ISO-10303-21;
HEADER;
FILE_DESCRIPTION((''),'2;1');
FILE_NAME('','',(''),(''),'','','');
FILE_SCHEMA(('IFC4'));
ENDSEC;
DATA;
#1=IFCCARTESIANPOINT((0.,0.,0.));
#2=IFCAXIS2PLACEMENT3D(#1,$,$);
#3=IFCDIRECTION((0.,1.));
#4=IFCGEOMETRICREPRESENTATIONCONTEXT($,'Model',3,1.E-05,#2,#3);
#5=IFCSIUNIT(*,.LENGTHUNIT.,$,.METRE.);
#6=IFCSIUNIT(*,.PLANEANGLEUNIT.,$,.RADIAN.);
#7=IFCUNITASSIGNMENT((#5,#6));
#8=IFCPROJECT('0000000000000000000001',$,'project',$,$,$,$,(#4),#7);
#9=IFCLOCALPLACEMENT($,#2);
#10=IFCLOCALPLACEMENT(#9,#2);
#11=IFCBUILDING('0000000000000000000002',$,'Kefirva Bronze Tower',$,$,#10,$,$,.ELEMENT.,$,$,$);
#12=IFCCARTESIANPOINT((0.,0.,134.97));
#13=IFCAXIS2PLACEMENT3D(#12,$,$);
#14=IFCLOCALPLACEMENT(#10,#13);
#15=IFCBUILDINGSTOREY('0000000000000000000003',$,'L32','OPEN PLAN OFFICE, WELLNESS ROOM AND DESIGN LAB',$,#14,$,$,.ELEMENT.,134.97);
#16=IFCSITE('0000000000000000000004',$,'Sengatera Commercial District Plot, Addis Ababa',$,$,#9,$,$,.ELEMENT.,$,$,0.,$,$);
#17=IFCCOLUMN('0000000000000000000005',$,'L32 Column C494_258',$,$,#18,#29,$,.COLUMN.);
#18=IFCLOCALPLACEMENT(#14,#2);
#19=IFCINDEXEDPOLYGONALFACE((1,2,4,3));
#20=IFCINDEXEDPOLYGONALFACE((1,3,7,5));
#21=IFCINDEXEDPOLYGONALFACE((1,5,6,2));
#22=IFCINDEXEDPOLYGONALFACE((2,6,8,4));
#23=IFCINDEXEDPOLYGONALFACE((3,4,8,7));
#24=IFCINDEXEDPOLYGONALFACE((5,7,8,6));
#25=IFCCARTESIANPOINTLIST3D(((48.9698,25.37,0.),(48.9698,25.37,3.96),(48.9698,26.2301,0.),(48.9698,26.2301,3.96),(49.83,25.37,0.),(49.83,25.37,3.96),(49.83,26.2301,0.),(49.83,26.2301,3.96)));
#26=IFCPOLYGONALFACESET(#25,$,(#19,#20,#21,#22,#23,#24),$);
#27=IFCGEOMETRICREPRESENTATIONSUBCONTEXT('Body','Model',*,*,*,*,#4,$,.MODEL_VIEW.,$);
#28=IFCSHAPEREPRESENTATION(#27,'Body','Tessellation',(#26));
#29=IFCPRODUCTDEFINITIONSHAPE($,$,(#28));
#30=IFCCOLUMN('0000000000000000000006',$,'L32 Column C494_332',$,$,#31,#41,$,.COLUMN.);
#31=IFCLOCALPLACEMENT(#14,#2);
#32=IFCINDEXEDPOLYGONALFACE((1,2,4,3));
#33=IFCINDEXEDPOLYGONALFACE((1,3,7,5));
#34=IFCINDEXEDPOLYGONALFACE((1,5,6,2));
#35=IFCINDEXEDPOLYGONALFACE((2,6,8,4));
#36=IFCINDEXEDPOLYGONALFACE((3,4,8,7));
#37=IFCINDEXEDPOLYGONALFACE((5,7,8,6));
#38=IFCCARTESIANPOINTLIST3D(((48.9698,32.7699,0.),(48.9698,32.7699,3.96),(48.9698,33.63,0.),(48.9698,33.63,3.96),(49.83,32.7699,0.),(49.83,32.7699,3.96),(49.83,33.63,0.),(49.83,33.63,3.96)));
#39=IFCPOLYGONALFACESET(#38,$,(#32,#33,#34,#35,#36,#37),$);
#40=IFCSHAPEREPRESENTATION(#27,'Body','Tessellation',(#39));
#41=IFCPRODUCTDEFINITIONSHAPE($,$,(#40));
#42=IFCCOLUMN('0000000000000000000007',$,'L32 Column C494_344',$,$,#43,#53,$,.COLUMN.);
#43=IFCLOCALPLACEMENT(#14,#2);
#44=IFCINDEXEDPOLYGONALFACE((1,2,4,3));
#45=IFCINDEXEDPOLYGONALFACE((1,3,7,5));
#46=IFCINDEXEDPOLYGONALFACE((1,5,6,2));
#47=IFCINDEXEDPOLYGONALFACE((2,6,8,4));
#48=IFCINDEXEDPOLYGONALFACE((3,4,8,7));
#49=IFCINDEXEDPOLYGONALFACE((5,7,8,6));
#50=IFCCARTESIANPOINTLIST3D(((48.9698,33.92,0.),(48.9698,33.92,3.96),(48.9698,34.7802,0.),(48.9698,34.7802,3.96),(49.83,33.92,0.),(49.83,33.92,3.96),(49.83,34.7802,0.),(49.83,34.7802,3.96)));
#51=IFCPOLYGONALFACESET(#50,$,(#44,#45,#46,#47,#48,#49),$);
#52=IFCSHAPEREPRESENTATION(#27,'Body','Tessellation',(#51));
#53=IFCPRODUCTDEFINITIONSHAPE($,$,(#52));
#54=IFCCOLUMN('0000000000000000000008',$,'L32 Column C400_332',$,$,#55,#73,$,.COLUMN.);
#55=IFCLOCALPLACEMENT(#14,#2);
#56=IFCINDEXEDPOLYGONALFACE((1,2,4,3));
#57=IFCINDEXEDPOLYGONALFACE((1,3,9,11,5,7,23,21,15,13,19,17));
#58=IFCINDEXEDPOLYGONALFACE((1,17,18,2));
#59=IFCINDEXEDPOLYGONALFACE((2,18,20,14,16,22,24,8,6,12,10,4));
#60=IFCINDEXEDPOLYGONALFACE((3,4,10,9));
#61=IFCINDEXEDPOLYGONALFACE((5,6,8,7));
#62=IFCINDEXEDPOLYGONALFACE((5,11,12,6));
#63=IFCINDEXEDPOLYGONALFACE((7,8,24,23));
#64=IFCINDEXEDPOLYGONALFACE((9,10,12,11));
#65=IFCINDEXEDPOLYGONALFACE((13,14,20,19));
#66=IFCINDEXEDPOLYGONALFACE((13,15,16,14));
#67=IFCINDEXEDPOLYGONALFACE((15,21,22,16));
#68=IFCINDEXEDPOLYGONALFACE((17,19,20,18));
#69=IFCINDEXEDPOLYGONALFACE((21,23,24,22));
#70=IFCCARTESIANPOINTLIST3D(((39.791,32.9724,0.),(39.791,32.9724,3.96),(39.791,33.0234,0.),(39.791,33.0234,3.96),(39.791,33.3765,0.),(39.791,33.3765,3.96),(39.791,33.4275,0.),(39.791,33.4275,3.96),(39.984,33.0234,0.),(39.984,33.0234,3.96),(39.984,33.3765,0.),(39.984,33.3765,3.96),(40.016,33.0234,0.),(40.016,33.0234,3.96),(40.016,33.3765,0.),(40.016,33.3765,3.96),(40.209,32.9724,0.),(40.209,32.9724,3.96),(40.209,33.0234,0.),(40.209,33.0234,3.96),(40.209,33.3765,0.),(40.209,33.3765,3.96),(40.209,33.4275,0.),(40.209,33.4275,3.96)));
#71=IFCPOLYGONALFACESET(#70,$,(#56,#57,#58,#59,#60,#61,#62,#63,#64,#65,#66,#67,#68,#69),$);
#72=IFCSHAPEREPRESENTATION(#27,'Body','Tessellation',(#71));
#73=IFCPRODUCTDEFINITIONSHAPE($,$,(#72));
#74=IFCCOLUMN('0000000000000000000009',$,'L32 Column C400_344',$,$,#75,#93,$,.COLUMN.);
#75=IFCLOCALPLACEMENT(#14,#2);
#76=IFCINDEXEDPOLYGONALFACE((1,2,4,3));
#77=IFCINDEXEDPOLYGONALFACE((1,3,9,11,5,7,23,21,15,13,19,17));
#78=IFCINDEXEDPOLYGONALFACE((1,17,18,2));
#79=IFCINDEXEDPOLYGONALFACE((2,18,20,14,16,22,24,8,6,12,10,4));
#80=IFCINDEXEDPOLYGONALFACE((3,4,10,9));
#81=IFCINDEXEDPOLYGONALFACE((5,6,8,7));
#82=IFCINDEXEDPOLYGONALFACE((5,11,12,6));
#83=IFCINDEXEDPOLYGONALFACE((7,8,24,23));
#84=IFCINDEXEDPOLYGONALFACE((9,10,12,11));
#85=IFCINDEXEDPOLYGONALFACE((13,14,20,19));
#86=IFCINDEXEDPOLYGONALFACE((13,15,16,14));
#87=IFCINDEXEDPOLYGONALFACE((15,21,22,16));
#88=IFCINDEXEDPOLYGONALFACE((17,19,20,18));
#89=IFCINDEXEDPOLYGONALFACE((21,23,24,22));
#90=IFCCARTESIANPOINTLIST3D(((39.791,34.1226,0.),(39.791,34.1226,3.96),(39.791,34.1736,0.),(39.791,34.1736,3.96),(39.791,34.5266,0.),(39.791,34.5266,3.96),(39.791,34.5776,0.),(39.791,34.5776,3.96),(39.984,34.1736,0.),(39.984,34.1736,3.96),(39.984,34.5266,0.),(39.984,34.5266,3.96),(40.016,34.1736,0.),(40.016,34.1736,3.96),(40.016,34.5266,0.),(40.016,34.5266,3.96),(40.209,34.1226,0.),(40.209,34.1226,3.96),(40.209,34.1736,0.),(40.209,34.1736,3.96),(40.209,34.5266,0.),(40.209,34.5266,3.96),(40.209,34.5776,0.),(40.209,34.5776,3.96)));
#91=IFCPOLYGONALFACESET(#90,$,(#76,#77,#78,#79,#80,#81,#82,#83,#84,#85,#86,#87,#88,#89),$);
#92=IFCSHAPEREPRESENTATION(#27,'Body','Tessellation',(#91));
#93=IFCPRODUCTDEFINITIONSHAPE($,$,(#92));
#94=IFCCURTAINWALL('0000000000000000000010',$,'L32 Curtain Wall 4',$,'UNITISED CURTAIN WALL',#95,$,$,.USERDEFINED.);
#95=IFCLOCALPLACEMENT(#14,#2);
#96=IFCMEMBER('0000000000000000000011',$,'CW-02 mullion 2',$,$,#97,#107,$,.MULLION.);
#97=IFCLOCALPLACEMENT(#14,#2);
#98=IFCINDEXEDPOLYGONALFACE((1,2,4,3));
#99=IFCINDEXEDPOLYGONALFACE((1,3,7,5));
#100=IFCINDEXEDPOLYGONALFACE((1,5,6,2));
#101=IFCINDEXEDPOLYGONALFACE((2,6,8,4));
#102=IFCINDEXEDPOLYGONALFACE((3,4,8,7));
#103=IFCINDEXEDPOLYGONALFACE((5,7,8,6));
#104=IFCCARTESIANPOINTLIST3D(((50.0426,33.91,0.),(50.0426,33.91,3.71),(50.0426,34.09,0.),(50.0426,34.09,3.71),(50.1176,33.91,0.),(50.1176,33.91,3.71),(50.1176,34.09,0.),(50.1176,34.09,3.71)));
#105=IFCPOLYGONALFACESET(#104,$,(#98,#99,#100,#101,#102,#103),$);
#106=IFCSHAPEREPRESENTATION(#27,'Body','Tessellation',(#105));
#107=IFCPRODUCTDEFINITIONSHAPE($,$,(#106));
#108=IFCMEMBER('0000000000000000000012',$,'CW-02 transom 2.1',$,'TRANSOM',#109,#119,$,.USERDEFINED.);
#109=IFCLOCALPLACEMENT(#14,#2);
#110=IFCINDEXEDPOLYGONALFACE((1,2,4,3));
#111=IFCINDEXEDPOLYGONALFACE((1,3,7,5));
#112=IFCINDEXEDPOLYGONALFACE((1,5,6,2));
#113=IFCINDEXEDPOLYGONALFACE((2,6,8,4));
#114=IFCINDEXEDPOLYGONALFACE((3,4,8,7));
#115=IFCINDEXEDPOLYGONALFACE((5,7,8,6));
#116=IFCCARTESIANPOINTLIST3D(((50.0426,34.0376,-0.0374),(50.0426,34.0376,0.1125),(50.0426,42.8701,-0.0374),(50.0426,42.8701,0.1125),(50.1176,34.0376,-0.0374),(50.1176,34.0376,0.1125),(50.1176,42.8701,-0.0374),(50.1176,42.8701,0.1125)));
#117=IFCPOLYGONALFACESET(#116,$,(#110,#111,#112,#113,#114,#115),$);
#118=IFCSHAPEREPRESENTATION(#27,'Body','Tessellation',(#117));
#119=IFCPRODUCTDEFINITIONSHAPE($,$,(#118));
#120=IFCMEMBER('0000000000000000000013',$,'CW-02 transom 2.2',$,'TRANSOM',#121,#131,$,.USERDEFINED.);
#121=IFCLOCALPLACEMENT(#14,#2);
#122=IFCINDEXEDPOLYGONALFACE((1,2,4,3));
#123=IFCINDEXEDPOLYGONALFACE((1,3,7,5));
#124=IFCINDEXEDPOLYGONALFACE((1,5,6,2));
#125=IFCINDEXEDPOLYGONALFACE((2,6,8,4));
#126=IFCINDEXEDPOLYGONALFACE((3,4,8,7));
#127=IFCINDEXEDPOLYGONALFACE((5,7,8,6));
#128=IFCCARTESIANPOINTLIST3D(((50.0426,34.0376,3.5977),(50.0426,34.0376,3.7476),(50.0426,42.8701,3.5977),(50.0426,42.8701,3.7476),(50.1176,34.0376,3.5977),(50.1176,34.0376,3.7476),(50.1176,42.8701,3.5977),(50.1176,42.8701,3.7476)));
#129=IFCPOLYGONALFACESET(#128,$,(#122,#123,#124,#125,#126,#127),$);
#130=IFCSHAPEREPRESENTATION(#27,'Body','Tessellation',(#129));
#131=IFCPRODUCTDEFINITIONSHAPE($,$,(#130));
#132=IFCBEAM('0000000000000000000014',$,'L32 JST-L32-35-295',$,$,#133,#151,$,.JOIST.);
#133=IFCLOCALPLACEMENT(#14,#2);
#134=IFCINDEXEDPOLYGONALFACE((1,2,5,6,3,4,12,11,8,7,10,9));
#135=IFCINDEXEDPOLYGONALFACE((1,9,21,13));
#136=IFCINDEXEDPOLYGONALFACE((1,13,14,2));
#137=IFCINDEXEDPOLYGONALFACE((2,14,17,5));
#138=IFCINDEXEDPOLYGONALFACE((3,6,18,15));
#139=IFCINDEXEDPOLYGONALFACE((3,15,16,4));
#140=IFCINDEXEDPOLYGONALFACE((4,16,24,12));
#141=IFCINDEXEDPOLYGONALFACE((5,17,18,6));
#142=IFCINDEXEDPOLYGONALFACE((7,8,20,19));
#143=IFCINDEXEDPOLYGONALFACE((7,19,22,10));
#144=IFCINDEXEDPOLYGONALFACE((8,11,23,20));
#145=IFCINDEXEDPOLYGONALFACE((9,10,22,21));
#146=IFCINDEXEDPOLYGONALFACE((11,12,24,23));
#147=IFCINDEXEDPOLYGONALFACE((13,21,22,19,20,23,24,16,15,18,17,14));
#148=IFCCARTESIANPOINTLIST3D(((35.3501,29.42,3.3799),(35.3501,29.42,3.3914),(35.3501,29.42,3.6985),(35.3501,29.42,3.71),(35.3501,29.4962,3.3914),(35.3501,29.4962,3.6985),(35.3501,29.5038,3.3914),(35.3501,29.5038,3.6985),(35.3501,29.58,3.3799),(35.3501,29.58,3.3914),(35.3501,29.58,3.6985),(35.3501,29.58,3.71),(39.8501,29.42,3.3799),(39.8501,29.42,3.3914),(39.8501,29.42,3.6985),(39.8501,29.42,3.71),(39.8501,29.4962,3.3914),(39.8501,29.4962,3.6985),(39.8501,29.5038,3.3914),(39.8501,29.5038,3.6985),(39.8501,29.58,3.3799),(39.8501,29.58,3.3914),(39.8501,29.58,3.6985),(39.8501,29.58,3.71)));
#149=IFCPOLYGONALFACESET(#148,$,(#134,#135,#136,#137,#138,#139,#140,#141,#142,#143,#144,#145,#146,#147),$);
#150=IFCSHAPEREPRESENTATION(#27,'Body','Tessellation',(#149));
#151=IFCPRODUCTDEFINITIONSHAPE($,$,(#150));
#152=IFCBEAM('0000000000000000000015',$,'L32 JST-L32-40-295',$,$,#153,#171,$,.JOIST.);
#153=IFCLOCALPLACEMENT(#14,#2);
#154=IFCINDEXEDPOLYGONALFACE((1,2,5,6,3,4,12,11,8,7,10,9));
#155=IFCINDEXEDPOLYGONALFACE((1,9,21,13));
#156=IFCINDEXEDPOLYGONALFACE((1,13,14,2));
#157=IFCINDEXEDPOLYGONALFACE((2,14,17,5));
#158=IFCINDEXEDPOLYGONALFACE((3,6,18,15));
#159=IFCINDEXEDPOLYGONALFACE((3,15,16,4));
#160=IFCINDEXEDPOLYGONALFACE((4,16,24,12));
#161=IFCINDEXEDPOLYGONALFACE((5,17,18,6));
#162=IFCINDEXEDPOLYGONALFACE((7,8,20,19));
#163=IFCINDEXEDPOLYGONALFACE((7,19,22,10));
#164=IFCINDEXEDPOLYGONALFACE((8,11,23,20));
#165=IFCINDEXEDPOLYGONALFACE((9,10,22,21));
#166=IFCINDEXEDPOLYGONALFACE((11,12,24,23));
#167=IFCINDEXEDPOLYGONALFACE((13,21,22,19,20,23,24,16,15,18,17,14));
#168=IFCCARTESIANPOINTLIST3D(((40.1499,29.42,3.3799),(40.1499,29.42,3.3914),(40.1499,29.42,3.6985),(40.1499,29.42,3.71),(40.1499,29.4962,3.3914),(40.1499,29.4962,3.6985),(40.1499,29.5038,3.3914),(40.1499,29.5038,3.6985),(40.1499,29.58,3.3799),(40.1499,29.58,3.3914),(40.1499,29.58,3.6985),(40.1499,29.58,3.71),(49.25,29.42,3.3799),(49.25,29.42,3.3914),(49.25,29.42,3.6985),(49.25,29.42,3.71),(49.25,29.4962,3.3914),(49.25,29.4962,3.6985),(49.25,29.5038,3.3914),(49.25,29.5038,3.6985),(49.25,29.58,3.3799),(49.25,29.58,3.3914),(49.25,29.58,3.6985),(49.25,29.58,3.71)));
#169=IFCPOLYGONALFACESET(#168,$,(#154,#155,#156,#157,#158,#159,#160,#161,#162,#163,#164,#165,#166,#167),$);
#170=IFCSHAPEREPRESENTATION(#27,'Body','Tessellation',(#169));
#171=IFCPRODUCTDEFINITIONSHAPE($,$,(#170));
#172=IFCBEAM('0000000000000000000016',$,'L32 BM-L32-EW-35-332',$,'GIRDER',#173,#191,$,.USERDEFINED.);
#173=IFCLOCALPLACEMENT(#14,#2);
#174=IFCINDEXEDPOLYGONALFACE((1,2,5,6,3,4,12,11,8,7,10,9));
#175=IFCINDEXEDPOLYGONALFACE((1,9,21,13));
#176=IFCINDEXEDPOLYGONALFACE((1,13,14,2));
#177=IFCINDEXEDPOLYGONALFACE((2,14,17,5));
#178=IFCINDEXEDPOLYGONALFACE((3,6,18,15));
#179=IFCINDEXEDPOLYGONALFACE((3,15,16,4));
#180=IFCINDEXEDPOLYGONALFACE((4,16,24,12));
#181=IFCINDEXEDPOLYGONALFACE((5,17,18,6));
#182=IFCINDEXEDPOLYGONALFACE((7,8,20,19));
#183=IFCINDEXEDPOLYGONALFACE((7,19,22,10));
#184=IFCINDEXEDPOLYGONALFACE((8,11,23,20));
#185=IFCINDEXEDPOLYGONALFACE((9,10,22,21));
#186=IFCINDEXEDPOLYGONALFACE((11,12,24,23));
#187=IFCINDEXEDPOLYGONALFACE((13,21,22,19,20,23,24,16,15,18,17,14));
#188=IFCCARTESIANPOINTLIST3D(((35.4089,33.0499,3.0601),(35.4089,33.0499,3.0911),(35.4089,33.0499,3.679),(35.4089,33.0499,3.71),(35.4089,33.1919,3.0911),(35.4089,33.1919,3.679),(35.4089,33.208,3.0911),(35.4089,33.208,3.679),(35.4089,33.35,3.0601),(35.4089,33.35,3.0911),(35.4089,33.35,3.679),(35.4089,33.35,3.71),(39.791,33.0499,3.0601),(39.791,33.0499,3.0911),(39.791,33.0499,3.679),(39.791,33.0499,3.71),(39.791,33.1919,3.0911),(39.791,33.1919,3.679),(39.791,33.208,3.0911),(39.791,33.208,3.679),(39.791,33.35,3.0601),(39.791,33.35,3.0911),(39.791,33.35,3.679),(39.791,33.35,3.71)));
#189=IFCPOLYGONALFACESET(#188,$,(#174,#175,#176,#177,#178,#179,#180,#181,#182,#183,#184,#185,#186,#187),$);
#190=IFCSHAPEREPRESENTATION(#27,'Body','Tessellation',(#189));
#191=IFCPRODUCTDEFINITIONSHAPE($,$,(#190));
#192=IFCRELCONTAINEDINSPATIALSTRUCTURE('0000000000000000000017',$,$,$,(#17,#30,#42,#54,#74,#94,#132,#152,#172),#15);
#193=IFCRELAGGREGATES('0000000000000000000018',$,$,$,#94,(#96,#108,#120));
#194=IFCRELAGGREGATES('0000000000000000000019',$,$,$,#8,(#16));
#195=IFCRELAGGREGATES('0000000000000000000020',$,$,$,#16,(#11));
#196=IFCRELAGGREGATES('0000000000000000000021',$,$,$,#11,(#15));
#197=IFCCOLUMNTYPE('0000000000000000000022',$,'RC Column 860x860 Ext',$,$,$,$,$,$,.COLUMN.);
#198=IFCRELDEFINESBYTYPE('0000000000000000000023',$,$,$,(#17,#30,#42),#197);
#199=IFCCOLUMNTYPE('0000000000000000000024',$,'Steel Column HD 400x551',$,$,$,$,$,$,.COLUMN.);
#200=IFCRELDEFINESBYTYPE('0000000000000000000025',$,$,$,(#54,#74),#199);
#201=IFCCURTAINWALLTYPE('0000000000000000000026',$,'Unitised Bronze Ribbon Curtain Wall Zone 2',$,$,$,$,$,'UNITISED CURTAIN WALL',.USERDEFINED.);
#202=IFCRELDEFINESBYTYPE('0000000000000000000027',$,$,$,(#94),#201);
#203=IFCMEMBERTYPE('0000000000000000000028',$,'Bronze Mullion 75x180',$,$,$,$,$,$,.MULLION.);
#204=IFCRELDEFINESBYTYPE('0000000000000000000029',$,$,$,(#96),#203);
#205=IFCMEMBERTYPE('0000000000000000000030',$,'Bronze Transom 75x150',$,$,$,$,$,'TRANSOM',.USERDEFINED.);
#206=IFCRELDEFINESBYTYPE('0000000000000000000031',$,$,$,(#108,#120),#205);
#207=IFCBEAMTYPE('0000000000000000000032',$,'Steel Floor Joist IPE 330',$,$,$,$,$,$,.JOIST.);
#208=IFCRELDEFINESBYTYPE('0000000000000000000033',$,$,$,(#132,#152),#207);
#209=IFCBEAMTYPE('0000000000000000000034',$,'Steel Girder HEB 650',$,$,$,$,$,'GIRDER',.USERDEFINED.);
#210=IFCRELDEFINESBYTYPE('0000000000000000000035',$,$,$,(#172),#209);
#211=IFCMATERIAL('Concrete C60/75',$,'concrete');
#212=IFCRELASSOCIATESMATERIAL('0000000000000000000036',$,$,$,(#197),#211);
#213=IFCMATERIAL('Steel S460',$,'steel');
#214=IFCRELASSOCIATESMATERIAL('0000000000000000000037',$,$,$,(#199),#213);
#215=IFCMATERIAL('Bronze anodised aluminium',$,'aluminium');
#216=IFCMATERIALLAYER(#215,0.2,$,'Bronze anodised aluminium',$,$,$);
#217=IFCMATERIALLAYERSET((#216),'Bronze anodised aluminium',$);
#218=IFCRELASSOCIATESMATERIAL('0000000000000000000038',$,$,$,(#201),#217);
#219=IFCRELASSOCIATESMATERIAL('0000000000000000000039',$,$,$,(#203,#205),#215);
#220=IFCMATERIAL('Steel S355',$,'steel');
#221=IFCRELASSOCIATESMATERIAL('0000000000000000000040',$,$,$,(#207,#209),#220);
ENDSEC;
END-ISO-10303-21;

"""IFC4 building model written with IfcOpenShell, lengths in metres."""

from ifc_helpers import new_model, si_unit, direction, frame, origin, origin_2d, place, context, subcontext, project, spatial, rectangle, i_section, extrude, material, layer, layer_set, material_profile, profile_set, type_object, element, aggregate, save


model = new_model("IFC4")

# Units and contexts
model_context = context("Model", 3, precision=1e-05, world=origin(), true_north=direction((0.0, 1.0)))
body_context = subcontext(model_context, "Body", "Model", "MODEL_VIEW")
ifc_project = project(units=[si_unit("LENGTHUNIT", "METRE"), si_unit("PLANEANGLEUNIT", "RADIAN")], contexts=[model_context])

# Site, building, storey
site_placement = place(None, origin())
site = spatial("IfcSite", under=ifc_project, at=site_placement, Name="Sengatera Commercial District Plot, Addis Ababa", CompositionType="ELEMENT", RefElevation=0.0)
building_placement = place(site_placement, origin())
building = spatial("IfcBuilding", under=site, at=building_placement, Name="Kefirva Bronze Tower", CompositionType="ELEMENT")
storey_placement = place(building_placement, frame((0.0, 0.0, 134.97)))
storey = spatial("IfcBuildingStorey", under=building, at=storey_placement, Name="L32", Description="OPEN PLAN OFFICE, WELLNESS ROOM AND DESIGN LAB", CompositionType="ELEMENT", Elevation=134.97)

# Columns
ifc_material_1 = material(Name="Concrete C60/75", Category="concrete")
ifc_material_profile_1 = material_profile(ifc_material_1, rectangle(XDim=0.8601, YDim=0.8601, at=origin_2d()), Name="RC 860x860")
ifc_profile_set_1 = profile_set([ifc_material_profile_1], Name="Concrete C60/75")
column_type_1 = type_object("IfcColumnType", Name="RC Column 860x860 Ext", PredefinedType="COLUMN", material=ifc_profile_set_1)
for number, where, z_axis, x_axis, name in (
    (1, (49.3999, 25.8, 0.0), (0.0, 0.0, 1.0), (1.0, 0.0, 0.0), "L32 Column C494_258"),
    (2, (49.3999, 33.2, 0.0), (0.0, 0.0, 1.0), (1.0, 0.0, 0.0), "L32 Column C494_332"),
    (3, (49.3999, 34.3501, 0.0), (0.0, 0.0, 1.0), (1.0, 0.0, 0.0), "L32 Column C494_344"),
):
    element("IfcColumn", number, at=place(storey_placement, frame(where, z_axis=z_axis, x_axis=x_axis)), inside=storey, type_object=column_type_1, Name=name, PredefinedType="COLUMN", context=body_context, shape_type="SweptSolid", body=[
        extrude(rectangle(XDim=0.8601, YDim=0.8601, at=origin_2d()), origin(), (0.0, 0.0, 1.0), 3.96),
    ])
ifc_material_2 = material(Name="Steel S460", Category="steel")
ifc_material_profile_2 = material_profile(ifc_material_2, i_section(OverallWidth=0.418, OverallDepth=0.4551, WebThickness=0.032, FlangeThickness=0.051, at=origin_2d()), Name="HD 400x551")
ifc_profile_set_2 = profile_set([ifc_material_profile_2], Name="Steel S460")
column_type_2 = type_object("IfcColumnType", Name="Steel Column HD 400x551", PredefinedType="COLUMN", material=ifc_profile_set_2)
for number, where, z_axis, x_axis, name in (
    (4, (40.0, 33.2, 0.0), (0.0, 0.0, 1.0), (1.0, 0.0, 0.0), "L32 Column C400_332"),
    (5, (40.0, 34.3501, 0.0), (0.0, 0.0, 1.0), (1.0, 0.0, 0.0), "L32 Column C400_344"),
):
    element("IfcColumn", number, at=place(storey_placement, frame(where, z_axis=z_axis, x_axis=x_axis)), inside=storey, type_object=column_type_2, Name=name, PredefinedType="COLUMN", context=body_context, shape_type="SweptSolid", body=[
        extrude(i_section(OverallWidth=0.418, OverallDepth=0.4551, WebThickness=0.032, FlangeThickness=0.051, at=origin_2d()), origin(), (0.0, 0.0, 1.0), 3.96),
    ])

# Curtain wall, members
ifc_material_3 = material(Name="Bronze anodised aluminium", Category="aluminium")
ifc_layer_1 = layer(ifc_material_3, 0.2, Name="Bronze anodised aluminium")
ifc_layer_set_1 = layer_set([ifc_layer_1], Name="Bronze anodised aluminium")
curtain_wall_type = type_object("IfcCurtainWallType", Name="Unitised Bronze Ribbon Curtain Wall Zone 2", ElementType="UNITISED CURTAIN WALL", PredefinedType="USERDEFINED", material=ifc_layer_set_1)
curtain_wall_placement = place(storey_placement, origin())
curtain_wall = element("IfcCurtainWall", 6, at=curtain_wall_placement, inside=storey, type_object=curtain_wall_type, Name="L32 Curtain Wall 4", ObjectType="UNITISED CURTAIN WALL", PredefinedType="USERDEFINED")
ifc_material_profile_3 = material_profile(ifc_material_3, rectangle(XDim=0.075, YDim=0.1799, at=origin_2d()), Name="ALU 75x180")
ifc_profile_set_3 = profile_set([ifc_material_profile_3], Name="Bronze anodised aluminium")
member_type_1 = type_object("IfcMemberType", Name="Bronze Mullion 75x180", PredefinedType="MULLION", material=ifc_profile_set_3)
member_1_placement = place(storey_placement, frame((50.0801, 34.0, 0.0), z_axis=(0.0, 0.0, 1.0), x_axis=(-1.0, 0.0, 0.0)))
member_1 = element("IfcMember", 7, at=member_1_placement, type_object=member_type_1, Name="CW-02 mullion 2", PredefinedType="MULLION", context=body_context, shape_type="SweptSolid", body=[
    extrude(rectangle(XDim=0.075, YDim=0.1799, at=origin_2d()), origin(), (0.0, 0.0, 1.0), 3.71),
])
ifc_material_profile_4 = material_profile(ifc_material_3, rectangle(XDim=0.075, YDim=0.1499, at=origin_2d()), Name="ALU 75x150")
ifc_profile_set_4 = profile_set([ifc_material_profile_4], Name="Bronze anodised aluminium")
member_type_2 = type_object("IfcMemberType", Name="Bronze Transom 75x150", ElementType="TRANSOM", PredefinedType="USERDEFINED", material=ifc_profile_set_4)
member_2_placement = place(storey_placement, frame((50.0801, 34.0376, 0.0376), z_axis=(0.0, 1.0, 0.0), x_axis=(-1.0, 0.0, 0.0)))
member_2 = element("IfcMember", 8, at=member_2_placement, type_object=member_type_2, Name="CW-02 transom 2.1", ObjectType="TRANSOM", PredefinedType="USERDEFINED", context=body_context, shape_type="SweptSolid", body=[
    extrude(rectangle(XDim=0.075, YDim=0.1499, at=origin_2d()), origin(), (0.0, 0.0, 1.0), 8.8325),
])
member_3_placement = place(storey_placement, frame((50.0801, 34.0376, 3.6726), z_axis=(0.0, 1.0, 0.0), x_axis=(-1.0, 0.0, 0.0)))
member_3 = element("IfcMember", 9, at=member_3_placement, type_object=member_type_2, Name="CW-02 transom 2.2", ObjectType="TRANSOM", PredefinedType="USERDEFINED", context=body_context, shape_type="SweptSolid", body=[
    extrude(rectangle(XDim=0.075, YDim=0.1499, at=origin_2d()), origin(), (0.0, 0.0, 1.0), 8.8325),
])

# Beams
ifc_material_4 = material(Name="Steel S355", Category="steel")
ifc_material_profile_5 = material_profile(ifc_material_4, i_section(OverallWidth=0.1599, OverallDepth=0.3301, WebThickness=0.0076, FlangeThickness=0.0115, at=origin_2d()), Name="IPE 330")
ifc_profile_set_5 = profile_set([ifc_material_profile_5], Name="Steel S355")
beam_type_1 = type_object("IfcBeamType", Name="Steel Floor Joist IPE 330", PredefinedType="JOIST", material=ifc_profile_set_5)
beam_1_placement = place(storey_placement, frame((35.3501, 29.5, 3.5449), z_axis=(1.0, 0.0, 0.0), x_axis=(0.0, 1.0, 0.0)))
element("IfcBeam", 10, at=beam_1_placement, inside=storey, type_object=beam_type_1, Name="L32 JST-L32-35-295", PredefinedType="JOIST", context=body_context, shape_type="SweptSolid", body=[
    extrude(i_section(OverallWidth=0.1599, OverallDepth=0.3301, WebThickness=0.0076, FlangeThickness=0.0115, at=origin_2d()), origin(), (0.0, 0.0, 1.0), 4.5),
])
beam_2_placement = place(storey_placement, frame((40.1499, 29.5, 3.5449), z_axis=(1.0, 0.0, 0.0), x_axis=(0.0, 1.0, 0.0)))
element("IfcBeam", 11, at=beam_2_placement, inside=storey, type_object=beam_type_1, Name="L32 JST-L32-40-295", PredefinedType="JOIST", context=body_context, shape_type="SweptSolid", body=[
    extrude(i_section(OverallWidth=0.1599, OverallDepth=0.3301, WebThickness=0.0076, FlangeThickness=0.0115, at=origin_2d()), origin(), (0.0, 0.0, 1.0), 9.1001),
])
ifc_material_profile_6 = material_profile(ifc_material_4, i_section(OverallWidth=0.3, OverallDepth=0.6499, WebThickness=0.0161, FlangeThickness=0.031, at=origin_2d()), Name="HEB 650")
ifc_profile_set_6 = profile_set([ifc_material_profile_6], Name="Steel S355")
beam_type_2 = type_object("IfcBeamType", Name="Steel Girder HEB 650", ElementType="GIRDER", PredefinedType="USERDEFINED", material=ifc_profile_set_6)
beam_3_placement = place(storey_placement, frame((35.4089, 33.2, 3.385), z_axis=(1.0, 0.0, 0.0), x_axis=(0.0, 1.0, 0.0)))
element("IfcBeam", 12, at=beam_3_placement, inside=storey, type_object=beam_type_2, Name="L32 BM-L32-EW-35-332", ObjectType="GIRDER", PredefinedType="USERDEFINED", context=body_context, shape_type="SweptSolid", body=[
    extrude(i_section(OverallWidth=0.3, OverallDepth=0.6499, WebThickness=0.0161, FlangeThickness=0.031, at=origin_2d()), origin(), (0.0, 0.0, 1.0), 4.3821),
])

aggregate(curtain_wall, [member_1, member_2, member_3])

save(model, "model.ifc")
